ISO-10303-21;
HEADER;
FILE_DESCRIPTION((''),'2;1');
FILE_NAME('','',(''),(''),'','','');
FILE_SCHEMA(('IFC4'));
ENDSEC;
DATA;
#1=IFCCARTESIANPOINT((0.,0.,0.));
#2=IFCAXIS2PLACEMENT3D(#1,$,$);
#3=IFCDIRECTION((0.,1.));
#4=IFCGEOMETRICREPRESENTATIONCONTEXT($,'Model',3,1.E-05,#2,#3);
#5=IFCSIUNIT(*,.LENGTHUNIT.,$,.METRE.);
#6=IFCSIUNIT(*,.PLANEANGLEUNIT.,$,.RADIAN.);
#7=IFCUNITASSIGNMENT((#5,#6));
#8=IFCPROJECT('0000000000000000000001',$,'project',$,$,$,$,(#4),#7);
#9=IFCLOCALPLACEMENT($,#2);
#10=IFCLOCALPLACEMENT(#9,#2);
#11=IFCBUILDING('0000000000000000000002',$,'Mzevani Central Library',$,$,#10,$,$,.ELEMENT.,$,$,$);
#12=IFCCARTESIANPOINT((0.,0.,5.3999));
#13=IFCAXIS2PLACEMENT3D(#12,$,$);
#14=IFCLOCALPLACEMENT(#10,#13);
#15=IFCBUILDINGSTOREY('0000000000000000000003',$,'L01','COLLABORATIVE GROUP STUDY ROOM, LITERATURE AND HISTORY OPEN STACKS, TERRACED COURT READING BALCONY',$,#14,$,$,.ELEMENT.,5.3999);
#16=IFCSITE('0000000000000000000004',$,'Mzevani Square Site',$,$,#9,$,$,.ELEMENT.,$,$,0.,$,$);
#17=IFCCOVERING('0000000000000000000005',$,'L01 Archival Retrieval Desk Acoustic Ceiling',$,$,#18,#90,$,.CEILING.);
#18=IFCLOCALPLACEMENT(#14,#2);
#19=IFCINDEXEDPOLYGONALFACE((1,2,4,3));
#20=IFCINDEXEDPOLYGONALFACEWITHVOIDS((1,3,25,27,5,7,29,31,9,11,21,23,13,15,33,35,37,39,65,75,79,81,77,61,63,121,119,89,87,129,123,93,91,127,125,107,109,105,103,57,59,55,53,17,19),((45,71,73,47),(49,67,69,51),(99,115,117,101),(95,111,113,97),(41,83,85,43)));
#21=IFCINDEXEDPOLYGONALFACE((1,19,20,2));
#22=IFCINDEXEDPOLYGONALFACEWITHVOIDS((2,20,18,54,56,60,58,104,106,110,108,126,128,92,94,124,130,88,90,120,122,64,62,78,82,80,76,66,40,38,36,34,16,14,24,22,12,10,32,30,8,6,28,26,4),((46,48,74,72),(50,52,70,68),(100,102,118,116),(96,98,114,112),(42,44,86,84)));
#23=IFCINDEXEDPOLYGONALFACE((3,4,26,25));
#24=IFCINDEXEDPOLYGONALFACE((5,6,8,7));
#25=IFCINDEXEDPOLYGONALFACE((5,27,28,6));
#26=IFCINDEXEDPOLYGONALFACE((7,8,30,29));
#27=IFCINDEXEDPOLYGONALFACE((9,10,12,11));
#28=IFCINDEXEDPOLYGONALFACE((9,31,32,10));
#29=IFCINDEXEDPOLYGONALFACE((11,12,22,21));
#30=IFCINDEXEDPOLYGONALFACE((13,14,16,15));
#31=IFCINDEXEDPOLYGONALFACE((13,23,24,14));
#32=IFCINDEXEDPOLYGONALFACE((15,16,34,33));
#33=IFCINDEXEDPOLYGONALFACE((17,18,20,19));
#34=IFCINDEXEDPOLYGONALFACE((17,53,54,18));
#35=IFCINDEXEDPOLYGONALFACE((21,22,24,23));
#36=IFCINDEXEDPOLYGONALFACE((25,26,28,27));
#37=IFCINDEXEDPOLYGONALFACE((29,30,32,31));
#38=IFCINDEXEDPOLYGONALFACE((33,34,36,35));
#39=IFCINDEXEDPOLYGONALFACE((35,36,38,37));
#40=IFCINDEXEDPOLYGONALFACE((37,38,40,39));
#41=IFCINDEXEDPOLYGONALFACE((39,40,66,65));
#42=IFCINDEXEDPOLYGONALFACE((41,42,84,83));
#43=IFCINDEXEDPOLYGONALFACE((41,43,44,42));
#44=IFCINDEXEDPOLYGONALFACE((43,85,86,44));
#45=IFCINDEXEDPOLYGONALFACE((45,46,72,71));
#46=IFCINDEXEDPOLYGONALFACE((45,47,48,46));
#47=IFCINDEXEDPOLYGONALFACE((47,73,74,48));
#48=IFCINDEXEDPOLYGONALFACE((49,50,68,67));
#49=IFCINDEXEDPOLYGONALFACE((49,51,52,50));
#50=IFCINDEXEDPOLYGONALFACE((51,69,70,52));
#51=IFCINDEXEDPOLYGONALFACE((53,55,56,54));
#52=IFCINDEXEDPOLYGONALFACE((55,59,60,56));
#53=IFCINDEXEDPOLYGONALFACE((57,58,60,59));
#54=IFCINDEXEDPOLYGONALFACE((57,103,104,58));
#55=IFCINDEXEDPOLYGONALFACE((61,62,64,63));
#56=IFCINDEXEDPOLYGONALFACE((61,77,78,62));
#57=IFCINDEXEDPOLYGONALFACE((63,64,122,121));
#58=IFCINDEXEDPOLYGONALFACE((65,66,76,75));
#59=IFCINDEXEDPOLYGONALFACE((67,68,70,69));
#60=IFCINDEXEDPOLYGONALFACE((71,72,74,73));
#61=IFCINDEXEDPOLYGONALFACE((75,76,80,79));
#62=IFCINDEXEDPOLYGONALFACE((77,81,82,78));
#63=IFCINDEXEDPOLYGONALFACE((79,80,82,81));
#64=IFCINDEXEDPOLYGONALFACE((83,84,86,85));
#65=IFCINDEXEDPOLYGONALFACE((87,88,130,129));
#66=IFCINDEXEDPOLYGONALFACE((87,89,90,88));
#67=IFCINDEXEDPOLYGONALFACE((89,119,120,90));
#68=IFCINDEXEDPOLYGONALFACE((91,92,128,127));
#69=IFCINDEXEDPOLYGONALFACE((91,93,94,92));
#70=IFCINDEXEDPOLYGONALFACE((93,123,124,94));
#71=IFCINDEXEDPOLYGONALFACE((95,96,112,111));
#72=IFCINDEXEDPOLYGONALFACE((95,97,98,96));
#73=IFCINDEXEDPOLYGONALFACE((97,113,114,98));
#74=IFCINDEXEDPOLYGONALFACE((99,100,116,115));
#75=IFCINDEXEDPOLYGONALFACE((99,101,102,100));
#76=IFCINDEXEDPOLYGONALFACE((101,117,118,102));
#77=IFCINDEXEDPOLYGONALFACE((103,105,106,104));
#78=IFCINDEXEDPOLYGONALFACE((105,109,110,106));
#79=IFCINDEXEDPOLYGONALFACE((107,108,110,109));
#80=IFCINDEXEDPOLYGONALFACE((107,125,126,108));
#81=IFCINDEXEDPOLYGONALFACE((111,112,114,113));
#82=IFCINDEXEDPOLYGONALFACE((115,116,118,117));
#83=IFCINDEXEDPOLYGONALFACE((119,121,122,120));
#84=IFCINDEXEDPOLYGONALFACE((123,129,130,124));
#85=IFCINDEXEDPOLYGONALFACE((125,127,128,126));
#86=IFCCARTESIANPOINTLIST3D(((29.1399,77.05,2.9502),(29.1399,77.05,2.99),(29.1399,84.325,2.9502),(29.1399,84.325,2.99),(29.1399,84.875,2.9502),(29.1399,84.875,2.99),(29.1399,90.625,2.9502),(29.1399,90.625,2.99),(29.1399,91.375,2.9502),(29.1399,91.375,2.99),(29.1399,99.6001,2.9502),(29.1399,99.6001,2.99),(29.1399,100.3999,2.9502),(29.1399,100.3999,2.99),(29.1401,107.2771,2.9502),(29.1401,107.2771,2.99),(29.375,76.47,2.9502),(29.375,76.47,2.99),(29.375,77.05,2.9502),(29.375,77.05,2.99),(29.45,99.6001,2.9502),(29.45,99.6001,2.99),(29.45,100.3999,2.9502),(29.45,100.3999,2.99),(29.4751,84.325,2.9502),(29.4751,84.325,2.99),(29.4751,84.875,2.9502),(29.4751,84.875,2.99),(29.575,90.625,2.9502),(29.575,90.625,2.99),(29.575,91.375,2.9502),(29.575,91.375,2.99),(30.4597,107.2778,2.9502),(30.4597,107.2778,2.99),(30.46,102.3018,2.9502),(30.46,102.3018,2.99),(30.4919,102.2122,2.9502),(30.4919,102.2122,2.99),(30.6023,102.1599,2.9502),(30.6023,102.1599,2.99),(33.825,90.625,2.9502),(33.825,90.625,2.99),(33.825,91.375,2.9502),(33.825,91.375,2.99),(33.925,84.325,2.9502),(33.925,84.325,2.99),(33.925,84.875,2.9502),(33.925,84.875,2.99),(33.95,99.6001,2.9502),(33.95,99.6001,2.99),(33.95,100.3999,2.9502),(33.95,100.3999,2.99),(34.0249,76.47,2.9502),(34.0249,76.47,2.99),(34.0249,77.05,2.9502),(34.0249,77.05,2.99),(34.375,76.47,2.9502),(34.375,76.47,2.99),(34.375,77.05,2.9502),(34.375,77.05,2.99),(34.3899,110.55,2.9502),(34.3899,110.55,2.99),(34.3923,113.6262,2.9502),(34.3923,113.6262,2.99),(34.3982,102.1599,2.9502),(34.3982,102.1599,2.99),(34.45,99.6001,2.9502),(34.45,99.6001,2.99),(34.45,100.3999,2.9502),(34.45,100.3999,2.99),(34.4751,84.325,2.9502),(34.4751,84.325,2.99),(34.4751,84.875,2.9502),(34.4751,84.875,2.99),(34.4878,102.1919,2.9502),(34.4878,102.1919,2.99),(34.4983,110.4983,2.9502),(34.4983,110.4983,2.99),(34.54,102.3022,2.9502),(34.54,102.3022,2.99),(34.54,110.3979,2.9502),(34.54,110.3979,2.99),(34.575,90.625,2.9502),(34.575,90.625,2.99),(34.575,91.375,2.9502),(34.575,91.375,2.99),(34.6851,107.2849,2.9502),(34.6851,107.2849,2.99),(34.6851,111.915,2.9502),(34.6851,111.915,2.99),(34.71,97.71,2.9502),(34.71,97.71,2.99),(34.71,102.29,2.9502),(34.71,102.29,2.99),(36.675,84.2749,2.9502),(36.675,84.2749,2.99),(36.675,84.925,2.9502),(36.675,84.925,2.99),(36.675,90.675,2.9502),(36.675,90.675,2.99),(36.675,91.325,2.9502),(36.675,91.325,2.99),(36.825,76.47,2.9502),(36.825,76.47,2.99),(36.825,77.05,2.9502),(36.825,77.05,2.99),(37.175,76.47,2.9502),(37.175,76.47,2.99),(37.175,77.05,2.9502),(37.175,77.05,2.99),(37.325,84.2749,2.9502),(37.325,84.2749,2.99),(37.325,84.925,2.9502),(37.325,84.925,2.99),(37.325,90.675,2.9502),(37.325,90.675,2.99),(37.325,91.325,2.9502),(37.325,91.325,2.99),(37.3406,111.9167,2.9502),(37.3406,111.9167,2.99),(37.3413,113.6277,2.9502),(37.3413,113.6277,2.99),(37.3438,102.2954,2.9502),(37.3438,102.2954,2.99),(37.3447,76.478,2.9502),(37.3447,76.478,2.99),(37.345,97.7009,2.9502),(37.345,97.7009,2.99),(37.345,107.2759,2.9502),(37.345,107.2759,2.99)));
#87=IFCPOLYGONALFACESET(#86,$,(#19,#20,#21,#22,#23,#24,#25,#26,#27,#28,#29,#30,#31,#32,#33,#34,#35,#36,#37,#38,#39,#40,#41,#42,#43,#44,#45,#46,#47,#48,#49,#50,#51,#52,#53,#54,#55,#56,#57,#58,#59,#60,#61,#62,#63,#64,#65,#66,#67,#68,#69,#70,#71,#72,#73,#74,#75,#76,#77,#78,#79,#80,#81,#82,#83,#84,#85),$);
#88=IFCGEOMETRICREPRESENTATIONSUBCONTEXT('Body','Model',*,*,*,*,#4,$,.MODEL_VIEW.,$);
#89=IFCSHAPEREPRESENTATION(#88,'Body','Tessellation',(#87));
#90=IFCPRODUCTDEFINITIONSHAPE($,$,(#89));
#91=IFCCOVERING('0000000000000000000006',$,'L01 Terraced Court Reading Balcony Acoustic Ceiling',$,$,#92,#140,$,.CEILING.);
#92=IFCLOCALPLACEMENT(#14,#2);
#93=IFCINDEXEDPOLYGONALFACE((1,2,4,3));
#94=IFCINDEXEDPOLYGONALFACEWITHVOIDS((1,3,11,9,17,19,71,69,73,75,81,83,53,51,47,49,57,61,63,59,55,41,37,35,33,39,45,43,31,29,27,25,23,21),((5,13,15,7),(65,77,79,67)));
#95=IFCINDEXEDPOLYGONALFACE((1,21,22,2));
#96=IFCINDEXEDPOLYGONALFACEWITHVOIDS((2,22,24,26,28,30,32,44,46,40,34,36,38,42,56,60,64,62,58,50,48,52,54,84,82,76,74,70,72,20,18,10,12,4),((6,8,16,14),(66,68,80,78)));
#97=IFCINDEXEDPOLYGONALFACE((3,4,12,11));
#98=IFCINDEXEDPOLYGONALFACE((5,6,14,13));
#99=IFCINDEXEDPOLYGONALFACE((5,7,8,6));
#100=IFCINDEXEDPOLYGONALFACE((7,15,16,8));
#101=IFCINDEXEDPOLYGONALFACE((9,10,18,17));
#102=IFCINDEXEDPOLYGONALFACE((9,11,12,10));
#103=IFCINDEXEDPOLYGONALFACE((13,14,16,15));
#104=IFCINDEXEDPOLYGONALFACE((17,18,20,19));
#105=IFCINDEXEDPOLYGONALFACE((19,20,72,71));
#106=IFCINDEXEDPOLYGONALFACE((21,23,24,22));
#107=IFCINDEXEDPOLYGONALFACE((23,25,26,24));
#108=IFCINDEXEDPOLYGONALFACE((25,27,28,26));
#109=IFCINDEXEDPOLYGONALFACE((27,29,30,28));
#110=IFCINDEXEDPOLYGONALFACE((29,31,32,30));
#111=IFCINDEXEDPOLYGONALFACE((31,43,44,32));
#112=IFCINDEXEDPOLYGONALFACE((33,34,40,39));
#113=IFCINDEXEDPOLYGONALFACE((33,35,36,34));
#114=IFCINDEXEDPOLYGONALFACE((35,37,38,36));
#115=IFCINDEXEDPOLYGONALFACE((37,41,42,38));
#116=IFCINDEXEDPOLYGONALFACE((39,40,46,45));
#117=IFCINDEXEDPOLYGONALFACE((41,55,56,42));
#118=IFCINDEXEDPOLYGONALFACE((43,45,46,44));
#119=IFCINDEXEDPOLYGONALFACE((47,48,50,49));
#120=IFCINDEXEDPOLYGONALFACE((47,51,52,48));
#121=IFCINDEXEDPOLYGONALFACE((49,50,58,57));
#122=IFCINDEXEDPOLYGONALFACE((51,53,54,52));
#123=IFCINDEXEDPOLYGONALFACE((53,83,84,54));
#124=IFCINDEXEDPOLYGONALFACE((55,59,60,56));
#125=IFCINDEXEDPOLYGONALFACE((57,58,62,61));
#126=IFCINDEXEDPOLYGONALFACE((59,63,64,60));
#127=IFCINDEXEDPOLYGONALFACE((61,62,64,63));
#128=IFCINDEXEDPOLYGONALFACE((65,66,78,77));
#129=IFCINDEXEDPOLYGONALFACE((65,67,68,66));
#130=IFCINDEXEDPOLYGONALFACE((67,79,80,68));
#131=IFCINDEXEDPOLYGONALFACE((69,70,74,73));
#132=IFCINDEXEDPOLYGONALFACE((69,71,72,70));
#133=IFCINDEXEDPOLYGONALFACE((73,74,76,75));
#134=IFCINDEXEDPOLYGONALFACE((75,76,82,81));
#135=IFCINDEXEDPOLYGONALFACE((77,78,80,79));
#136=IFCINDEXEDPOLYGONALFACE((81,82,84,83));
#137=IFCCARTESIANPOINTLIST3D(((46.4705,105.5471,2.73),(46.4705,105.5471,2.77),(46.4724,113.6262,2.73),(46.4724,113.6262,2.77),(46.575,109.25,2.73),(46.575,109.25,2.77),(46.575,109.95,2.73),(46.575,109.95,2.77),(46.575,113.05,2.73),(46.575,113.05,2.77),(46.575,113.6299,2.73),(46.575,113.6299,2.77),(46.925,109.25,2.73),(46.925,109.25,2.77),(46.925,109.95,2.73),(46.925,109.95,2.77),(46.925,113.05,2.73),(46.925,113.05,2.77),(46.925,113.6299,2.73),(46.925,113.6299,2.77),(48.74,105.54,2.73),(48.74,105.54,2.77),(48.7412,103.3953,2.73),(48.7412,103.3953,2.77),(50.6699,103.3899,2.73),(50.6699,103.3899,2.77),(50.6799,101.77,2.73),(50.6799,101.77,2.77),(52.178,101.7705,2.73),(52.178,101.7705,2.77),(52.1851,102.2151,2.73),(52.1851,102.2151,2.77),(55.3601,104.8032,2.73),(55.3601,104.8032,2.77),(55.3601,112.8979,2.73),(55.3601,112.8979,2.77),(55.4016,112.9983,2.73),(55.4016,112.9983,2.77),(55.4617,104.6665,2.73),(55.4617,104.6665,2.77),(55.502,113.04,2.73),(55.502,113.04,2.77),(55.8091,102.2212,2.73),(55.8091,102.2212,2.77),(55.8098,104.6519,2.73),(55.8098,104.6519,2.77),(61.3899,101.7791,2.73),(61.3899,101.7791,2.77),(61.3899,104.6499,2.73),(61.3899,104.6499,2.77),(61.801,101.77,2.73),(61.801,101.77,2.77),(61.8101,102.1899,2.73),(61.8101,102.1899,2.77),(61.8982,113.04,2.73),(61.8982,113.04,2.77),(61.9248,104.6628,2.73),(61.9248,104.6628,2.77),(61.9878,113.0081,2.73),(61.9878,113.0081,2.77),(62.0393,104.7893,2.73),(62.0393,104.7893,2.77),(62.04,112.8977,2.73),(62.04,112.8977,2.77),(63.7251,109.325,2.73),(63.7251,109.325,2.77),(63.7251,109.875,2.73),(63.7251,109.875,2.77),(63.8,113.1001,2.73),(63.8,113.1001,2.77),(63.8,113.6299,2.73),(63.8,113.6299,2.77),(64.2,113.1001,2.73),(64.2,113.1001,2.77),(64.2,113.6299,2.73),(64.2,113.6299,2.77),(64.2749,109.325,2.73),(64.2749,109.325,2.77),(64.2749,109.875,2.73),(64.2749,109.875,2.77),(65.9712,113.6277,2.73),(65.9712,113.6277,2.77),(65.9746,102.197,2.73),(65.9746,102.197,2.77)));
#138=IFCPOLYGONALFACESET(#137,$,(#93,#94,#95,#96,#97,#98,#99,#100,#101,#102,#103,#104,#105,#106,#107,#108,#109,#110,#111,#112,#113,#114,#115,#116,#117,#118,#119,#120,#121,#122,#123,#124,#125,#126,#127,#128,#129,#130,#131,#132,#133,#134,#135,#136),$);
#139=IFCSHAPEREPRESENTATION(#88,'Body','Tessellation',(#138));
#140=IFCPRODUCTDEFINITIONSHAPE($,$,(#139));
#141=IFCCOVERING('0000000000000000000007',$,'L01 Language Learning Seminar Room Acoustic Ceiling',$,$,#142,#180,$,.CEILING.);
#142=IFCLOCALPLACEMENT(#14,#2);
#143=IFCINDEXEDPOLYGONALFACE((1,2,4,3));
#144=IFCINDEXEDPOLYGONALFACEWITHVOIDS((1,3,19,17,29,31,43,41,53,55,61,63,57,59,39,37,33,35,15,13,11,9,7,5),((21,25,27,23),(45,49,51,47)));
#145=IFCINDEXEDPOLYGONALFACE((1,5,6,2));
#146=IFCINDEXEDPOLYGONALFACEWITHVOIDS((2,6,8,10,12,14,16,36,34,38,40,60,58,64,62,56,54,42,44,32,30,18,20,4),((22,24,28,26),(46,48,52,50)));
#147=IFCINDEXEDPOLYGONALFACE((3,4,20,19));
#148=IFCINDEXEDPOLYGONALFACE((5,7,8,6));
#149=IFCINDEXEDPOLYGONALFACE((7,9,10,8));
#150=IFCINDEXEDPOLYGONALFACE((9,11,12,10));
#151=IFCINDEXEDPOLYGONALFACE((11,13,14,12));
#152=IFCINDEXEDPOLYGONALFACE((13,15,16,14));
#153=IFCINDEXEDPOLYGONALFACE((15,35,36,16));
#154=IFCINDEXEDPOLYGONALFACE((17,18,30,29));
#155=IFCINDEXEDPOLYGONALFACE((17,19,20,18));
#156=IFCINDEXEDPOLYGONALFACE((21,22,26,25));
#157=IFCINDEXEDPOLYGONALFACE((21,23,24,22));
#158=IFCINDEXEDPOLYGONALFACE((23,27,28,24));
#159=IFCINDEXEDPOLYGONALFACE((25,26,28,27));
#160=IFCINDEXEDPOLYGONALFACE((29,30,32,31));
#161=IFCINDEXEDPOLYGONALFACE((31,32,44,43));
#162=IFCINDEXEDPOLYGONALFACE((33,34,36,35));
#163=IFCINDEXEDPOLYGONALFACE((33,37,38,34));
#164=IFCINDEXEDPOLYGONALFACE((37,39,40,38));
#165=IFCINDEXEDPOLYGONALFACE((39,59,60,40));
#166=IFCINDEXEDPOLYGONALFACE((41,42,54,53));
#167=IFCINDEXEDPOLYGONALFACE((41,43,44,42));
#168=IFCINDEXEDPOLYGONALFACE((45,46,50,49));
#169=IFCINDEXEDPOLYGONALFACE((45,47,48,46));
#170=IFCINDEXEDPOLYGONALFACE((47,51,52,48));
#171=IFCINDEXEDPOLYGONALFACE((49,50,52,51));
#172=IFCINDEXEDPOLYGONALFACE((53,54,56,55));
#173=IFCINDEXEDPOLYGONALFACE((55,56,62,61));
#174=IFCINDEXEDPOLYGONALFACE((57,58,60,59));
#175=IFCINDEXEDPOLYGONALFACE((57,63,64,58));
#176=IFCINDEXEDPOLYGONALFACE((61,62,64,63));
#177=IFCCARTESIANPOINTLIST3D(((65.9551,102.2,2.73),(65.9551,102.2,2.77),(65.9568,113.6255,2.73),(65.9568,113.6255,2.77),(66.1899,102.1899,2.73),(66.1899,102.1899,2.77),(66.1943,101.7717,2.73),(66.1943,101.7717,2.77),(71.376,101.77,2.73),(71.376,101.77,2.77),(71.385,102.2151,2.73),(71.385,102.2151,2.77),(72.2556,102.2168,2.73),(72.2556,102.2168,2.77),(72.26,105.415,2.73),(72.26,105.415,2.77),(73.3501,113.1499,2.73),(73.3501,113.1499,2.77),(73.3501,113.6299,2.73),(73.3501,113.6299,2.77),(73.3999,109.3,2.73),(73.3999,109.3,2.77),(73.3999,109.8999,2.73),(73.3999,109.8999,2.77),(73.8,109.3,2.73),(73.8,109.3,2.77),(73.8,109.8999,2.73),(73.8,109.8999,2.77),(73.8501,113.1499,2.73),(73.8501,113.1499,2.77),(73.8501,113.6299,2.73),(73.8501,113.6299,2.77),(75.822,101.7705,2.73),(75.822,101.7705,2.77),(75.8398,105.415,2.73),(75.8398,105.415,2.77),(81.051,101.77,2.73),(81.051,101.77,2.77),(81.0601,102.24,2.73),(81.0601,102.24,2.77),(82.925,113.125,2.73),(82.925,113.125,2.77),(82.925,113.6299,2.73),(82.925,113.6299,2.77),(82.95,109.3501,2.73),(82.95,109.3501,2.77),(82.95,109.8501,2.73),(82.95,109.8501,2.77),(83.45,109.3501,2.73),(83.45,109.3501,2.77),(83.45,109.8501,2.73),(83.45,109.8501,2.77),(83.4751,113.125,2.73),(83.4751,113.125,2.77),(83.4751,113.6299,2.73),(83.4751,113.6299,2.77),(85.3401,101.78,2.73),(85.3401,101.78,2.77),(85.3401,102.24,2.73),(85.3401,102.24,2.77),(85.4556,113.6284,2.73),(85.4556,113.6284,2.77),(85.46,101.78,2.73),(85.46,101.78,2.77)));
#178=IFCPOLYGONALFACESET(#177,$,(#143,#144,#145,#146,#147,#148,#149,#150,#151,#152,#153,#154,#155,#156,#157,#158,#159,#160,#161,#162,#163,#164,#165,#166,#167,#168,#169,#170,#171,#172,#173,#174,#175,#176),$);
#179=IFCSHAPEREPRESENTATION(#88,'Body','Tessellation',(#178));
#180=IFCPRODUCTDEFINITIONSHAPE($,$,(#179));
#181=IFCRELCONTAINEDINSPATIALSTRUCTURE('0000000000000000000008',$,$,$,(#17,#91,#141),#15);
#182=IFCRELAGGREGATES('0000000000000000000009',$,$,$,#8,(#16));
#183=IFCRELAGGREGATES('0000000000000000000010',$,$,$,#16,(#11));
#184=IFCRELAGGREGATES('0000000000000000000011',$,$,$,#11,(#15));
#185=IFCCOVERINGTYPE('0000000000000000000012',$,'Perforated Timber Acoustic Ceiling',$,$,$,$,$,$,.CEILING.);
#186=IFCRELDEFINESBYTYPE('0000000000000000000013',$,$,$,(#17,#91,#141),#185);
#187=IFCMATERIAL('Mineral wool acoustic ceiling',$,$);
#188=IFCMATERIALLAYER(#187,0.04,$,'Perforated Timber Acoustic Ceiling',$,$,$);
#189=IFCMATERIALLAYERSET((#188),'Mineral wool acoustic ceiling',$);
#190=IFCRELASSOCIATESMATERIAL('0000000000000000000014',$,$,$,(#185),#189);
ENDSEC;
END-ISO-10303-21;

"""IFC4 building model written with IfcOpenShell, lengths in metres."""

from ifc_helpers import new_model, si_unit, direction, frame, origin, place, context, subcontext, project, spatial, polyline, outline, extrude, material, layer, layer_set, type_object, element, save


model = new_model("IFC4")

# Units and contexts
model_context = context("Model", 3, precision=1e-05, world=origin(), true_north=direction((0.0, 1.0)))
body_context = subcontext(model_context, "Body", "Model", "MODEL_VIEW")
ifc_project = project(units=[si_unit("LENGTHUNIT", "METRE"), si_unit("PLANEANGLEUNIT", "RADIAN")], contexts=[model_context])

# Site, building, storey
site_placement = place(None, origin())
site = spatial("IfcSite", under=ifc_project, at=site_placement, Name="Mzevani Square Site", CompositionType="ELEMENT", RefElevation=0.0)
building_placement = place(site_placement, origin())
building = spatial("IfcBuilding", under=site, at=building_placement, Name="Mzevani Central Library", CompositionType="ELEMENT")
storey_placement = place(building_placement, frame((0.0, 0.0, 5.3999)))
storey = spatial("IfcBuildingStorey", under=building, at=storey_placement, Name="L01", Description="COLLABORATIVE GROUP STUDY ROOM, LITERATURE AND HISTORY OPEN STACKS, TERRACED COURT READING BALCONY", CompositionType="ELEMENT", Elevation=5.3999)

# Coverings
ifc_material_1 = material(Name="Mineral wool acoustic ceiling")
ifc_layer_1 = layer(ifc_material_1, 0.04, Name="Perforated Timber Acoustic Ceiling")
ifc_layer_set_1 = layer_set([ifc_layer_1], Name="Mineral wool acoustic ceiling")
covering_type = type_object("IfcCoveringType", Name="Perforated Timber Acoustic Ceiling", PredefinedType="CEILING", material=ifc_layer_set_1)
covering_1_placement = place(storey_placement, frame((0.0, 0.0, 2.9502)))
element("IfcCovering", 1, at=covering_1_placement, inside=storey, type_object=covering_type, Name="L01 Archival Retrieval Desk Acoustic Ceiling", PredefinedType="CEILING", context=body_context, shape_type="SweptSolid", body=[
    extrude(outline(polyline([(34.54, 110.3979), (34.4983, 110.4983), (34.3899, 110.55), (34.3923, 113.6262), (37.3413, 113.6277), (37.3406, 111.9167), (34.6851, 111.915), (34.6851, 107.2849), (37.345, 107.2759), (37.3438, 102.2954), (34.71, 102.29), (34.71, 97.71), (37.345, 97.7009), (37.3447, 76.478), (37.175, 76.47), (37.175, 77.05), (36.825, 77.05), (36.825, 76.47), (34.375, 76.47), (34.375, 77.05), (34.0249, 77.05), (34.0249, 76.47), (29.375, 76.47), (29.375, 77.05), (29.1399, 77.05), (29.1399, 84.325), (29.4751, 84.325), (29.4751, 84.875), (29.1399, 84.875), (29.1399, 90.625), (29.575, 90.625), (29.575, 91.375), (29.1399, 91.375), (29.1399, 99.6001), (29.45, 99.6001), (29.45, 100.3999), (29.1399, 100.3999), (29.1401, 107.2771), (30.4597, 107.2778), (30.46, 102.3018), (30.4919, 102.2122), (30.6023, 102.1599), (34.3982, 102.1599), (34.4878, 102.1919), (34.54, 102.3022), (34.54, 110.3979)]), holes=[polyline([(33.925, 84.875), (33.925, 84.325), (34.4751, 84.325), (34.4751, 84.875), (33.925, 84.875)]), polyline([(34.575, 91.375), (33.825, 91.375), (33.825, 90.625), (34.575, 90.625), (34.575, 91.375)]), polyline([(34.45, 99.6001), (34.45, 100.3999), (33.95, 100.3999), (33.95, 99.6001), (34.45, 99.6001)]), polyline([(36.675, 84.925), (36.675, 84.2749), (37.325, 84.2749), (37.325, 84.925), (36.675, 84.925)]), polyline([(37.325, 91.325), (36.675, 91.325), (36.675, 90.675), (37.325, 90.675), (37.325, 91.325)])]), origin(), (0.0, 0.0, 1.0), 0.0398),
])
covering_2_placement = place(storey_placement, frame((0.0, 0.0, 2.73)))
element("IfcCovering", 2, at=covering_2_placement, inside=storey, type_object=covering_type, Name="L01 Terraced Court Reading Balcony Acoustic Ceiling", PredefinedType="CEILING", context=body_context, shape_type="SweptSolid", body=[
    extrude(outline(polyline([(61.801, 101.77), (61.3899, 101.7791), (61.3899, 104.6499), (61.9248, 104.6628), (62.0393, 104.7893), (62.04, 112.8977), (61.9878, 113.0081), (61.8982, 113.04), (55.502, 113.04), (55.4016, 112.9983), (55.3601, 112.8979), (55.3601, 104.8032), (55.4617, 104.6665), (55.8098, 104.6519), (55.8091, 102.2212), (52.1851, 102.2151), (52.178, 101.7705), (50.6799, 101.77), (50.6699, 103.3899), (48.7412, 103.3953), (48.74, 105.54), (46.4705, 105.5471), (46.4724, 113.6262), (46.575, 113.6299), (46.575, 113.05), (46.925, 113.05), (46.925, 113.6299), (63.8, 113.6299), (63.8, 113.1001), (64.2, 113.1001), (64.2, 113.6299), (65.9712, 113.6277), (65.9746, 102.197), (61.8101, 102.1899), (61.801, 101.77)]), holes=[polyline([(46.925, 109.25), (46.925, 109.95), (46.575, 109.95), (46.575, 109.25), (46.925, 109.25)]), polyline([(63.7251, 109.875), (63.7251, 109.325), (64.2749, 109.325), (64.2749, 109.875), (63.7251, 109.875)])]), origin(), (0.0, 0.0, 1.0), 0.04),
])
covering_3_placement = place(storey_placement, frame((0.0, 0.0, 2.73)))
element("IfcCovering", 3, at=covering_3_placement, inside=storey, type_object=covering_type, Name="L01 Language Learning Seminar Room Acoustic Ceiling", PredefinedType="CEILING", context=body_context, shape_type="SweptSolid", body=[
    extrude(outline(polyline([(85.3401, 101.78), (85.3401, 102.24), (81.0601, 102.24), (81.051, 101.77), (75.822, 101.7705), (75.8398, 105.415), (72.26, 105.415), (72.2556, 102.2168), (71.385, 102.2151), (71.376, 101.77), (66.1943, 101.7717), (66.1899, 102.1899), (65.9551, 102.2), (65.9568, 113.6255), (73.3501, 113.6299), (73.3501, 113.1499), (73.8501, 113.1499), (73.8501, 113.6299), (82.925, 113.6299), (82.925, 113.125), (83.4751, 113.125), (83.4751, 113.6299), (85.4556, 113.6284), (85.46, 101.78), (85.3401, 101.78)]), holes=[polyline([(73.8, 109.3), (73.8, 109.8999), (73.3999, 109.8999), (73.3999, 109.3), (73.8, 109.3)]), polyline([(82.95, 109.8501), (82.95, 109.3501), (83.45, 109.3501), (83.45, 109.8501), (82.95, 109.8501)])]), origin(), (0.0, 0.0, 1.0), 0.04),
])

save(model, "model.ifc")
